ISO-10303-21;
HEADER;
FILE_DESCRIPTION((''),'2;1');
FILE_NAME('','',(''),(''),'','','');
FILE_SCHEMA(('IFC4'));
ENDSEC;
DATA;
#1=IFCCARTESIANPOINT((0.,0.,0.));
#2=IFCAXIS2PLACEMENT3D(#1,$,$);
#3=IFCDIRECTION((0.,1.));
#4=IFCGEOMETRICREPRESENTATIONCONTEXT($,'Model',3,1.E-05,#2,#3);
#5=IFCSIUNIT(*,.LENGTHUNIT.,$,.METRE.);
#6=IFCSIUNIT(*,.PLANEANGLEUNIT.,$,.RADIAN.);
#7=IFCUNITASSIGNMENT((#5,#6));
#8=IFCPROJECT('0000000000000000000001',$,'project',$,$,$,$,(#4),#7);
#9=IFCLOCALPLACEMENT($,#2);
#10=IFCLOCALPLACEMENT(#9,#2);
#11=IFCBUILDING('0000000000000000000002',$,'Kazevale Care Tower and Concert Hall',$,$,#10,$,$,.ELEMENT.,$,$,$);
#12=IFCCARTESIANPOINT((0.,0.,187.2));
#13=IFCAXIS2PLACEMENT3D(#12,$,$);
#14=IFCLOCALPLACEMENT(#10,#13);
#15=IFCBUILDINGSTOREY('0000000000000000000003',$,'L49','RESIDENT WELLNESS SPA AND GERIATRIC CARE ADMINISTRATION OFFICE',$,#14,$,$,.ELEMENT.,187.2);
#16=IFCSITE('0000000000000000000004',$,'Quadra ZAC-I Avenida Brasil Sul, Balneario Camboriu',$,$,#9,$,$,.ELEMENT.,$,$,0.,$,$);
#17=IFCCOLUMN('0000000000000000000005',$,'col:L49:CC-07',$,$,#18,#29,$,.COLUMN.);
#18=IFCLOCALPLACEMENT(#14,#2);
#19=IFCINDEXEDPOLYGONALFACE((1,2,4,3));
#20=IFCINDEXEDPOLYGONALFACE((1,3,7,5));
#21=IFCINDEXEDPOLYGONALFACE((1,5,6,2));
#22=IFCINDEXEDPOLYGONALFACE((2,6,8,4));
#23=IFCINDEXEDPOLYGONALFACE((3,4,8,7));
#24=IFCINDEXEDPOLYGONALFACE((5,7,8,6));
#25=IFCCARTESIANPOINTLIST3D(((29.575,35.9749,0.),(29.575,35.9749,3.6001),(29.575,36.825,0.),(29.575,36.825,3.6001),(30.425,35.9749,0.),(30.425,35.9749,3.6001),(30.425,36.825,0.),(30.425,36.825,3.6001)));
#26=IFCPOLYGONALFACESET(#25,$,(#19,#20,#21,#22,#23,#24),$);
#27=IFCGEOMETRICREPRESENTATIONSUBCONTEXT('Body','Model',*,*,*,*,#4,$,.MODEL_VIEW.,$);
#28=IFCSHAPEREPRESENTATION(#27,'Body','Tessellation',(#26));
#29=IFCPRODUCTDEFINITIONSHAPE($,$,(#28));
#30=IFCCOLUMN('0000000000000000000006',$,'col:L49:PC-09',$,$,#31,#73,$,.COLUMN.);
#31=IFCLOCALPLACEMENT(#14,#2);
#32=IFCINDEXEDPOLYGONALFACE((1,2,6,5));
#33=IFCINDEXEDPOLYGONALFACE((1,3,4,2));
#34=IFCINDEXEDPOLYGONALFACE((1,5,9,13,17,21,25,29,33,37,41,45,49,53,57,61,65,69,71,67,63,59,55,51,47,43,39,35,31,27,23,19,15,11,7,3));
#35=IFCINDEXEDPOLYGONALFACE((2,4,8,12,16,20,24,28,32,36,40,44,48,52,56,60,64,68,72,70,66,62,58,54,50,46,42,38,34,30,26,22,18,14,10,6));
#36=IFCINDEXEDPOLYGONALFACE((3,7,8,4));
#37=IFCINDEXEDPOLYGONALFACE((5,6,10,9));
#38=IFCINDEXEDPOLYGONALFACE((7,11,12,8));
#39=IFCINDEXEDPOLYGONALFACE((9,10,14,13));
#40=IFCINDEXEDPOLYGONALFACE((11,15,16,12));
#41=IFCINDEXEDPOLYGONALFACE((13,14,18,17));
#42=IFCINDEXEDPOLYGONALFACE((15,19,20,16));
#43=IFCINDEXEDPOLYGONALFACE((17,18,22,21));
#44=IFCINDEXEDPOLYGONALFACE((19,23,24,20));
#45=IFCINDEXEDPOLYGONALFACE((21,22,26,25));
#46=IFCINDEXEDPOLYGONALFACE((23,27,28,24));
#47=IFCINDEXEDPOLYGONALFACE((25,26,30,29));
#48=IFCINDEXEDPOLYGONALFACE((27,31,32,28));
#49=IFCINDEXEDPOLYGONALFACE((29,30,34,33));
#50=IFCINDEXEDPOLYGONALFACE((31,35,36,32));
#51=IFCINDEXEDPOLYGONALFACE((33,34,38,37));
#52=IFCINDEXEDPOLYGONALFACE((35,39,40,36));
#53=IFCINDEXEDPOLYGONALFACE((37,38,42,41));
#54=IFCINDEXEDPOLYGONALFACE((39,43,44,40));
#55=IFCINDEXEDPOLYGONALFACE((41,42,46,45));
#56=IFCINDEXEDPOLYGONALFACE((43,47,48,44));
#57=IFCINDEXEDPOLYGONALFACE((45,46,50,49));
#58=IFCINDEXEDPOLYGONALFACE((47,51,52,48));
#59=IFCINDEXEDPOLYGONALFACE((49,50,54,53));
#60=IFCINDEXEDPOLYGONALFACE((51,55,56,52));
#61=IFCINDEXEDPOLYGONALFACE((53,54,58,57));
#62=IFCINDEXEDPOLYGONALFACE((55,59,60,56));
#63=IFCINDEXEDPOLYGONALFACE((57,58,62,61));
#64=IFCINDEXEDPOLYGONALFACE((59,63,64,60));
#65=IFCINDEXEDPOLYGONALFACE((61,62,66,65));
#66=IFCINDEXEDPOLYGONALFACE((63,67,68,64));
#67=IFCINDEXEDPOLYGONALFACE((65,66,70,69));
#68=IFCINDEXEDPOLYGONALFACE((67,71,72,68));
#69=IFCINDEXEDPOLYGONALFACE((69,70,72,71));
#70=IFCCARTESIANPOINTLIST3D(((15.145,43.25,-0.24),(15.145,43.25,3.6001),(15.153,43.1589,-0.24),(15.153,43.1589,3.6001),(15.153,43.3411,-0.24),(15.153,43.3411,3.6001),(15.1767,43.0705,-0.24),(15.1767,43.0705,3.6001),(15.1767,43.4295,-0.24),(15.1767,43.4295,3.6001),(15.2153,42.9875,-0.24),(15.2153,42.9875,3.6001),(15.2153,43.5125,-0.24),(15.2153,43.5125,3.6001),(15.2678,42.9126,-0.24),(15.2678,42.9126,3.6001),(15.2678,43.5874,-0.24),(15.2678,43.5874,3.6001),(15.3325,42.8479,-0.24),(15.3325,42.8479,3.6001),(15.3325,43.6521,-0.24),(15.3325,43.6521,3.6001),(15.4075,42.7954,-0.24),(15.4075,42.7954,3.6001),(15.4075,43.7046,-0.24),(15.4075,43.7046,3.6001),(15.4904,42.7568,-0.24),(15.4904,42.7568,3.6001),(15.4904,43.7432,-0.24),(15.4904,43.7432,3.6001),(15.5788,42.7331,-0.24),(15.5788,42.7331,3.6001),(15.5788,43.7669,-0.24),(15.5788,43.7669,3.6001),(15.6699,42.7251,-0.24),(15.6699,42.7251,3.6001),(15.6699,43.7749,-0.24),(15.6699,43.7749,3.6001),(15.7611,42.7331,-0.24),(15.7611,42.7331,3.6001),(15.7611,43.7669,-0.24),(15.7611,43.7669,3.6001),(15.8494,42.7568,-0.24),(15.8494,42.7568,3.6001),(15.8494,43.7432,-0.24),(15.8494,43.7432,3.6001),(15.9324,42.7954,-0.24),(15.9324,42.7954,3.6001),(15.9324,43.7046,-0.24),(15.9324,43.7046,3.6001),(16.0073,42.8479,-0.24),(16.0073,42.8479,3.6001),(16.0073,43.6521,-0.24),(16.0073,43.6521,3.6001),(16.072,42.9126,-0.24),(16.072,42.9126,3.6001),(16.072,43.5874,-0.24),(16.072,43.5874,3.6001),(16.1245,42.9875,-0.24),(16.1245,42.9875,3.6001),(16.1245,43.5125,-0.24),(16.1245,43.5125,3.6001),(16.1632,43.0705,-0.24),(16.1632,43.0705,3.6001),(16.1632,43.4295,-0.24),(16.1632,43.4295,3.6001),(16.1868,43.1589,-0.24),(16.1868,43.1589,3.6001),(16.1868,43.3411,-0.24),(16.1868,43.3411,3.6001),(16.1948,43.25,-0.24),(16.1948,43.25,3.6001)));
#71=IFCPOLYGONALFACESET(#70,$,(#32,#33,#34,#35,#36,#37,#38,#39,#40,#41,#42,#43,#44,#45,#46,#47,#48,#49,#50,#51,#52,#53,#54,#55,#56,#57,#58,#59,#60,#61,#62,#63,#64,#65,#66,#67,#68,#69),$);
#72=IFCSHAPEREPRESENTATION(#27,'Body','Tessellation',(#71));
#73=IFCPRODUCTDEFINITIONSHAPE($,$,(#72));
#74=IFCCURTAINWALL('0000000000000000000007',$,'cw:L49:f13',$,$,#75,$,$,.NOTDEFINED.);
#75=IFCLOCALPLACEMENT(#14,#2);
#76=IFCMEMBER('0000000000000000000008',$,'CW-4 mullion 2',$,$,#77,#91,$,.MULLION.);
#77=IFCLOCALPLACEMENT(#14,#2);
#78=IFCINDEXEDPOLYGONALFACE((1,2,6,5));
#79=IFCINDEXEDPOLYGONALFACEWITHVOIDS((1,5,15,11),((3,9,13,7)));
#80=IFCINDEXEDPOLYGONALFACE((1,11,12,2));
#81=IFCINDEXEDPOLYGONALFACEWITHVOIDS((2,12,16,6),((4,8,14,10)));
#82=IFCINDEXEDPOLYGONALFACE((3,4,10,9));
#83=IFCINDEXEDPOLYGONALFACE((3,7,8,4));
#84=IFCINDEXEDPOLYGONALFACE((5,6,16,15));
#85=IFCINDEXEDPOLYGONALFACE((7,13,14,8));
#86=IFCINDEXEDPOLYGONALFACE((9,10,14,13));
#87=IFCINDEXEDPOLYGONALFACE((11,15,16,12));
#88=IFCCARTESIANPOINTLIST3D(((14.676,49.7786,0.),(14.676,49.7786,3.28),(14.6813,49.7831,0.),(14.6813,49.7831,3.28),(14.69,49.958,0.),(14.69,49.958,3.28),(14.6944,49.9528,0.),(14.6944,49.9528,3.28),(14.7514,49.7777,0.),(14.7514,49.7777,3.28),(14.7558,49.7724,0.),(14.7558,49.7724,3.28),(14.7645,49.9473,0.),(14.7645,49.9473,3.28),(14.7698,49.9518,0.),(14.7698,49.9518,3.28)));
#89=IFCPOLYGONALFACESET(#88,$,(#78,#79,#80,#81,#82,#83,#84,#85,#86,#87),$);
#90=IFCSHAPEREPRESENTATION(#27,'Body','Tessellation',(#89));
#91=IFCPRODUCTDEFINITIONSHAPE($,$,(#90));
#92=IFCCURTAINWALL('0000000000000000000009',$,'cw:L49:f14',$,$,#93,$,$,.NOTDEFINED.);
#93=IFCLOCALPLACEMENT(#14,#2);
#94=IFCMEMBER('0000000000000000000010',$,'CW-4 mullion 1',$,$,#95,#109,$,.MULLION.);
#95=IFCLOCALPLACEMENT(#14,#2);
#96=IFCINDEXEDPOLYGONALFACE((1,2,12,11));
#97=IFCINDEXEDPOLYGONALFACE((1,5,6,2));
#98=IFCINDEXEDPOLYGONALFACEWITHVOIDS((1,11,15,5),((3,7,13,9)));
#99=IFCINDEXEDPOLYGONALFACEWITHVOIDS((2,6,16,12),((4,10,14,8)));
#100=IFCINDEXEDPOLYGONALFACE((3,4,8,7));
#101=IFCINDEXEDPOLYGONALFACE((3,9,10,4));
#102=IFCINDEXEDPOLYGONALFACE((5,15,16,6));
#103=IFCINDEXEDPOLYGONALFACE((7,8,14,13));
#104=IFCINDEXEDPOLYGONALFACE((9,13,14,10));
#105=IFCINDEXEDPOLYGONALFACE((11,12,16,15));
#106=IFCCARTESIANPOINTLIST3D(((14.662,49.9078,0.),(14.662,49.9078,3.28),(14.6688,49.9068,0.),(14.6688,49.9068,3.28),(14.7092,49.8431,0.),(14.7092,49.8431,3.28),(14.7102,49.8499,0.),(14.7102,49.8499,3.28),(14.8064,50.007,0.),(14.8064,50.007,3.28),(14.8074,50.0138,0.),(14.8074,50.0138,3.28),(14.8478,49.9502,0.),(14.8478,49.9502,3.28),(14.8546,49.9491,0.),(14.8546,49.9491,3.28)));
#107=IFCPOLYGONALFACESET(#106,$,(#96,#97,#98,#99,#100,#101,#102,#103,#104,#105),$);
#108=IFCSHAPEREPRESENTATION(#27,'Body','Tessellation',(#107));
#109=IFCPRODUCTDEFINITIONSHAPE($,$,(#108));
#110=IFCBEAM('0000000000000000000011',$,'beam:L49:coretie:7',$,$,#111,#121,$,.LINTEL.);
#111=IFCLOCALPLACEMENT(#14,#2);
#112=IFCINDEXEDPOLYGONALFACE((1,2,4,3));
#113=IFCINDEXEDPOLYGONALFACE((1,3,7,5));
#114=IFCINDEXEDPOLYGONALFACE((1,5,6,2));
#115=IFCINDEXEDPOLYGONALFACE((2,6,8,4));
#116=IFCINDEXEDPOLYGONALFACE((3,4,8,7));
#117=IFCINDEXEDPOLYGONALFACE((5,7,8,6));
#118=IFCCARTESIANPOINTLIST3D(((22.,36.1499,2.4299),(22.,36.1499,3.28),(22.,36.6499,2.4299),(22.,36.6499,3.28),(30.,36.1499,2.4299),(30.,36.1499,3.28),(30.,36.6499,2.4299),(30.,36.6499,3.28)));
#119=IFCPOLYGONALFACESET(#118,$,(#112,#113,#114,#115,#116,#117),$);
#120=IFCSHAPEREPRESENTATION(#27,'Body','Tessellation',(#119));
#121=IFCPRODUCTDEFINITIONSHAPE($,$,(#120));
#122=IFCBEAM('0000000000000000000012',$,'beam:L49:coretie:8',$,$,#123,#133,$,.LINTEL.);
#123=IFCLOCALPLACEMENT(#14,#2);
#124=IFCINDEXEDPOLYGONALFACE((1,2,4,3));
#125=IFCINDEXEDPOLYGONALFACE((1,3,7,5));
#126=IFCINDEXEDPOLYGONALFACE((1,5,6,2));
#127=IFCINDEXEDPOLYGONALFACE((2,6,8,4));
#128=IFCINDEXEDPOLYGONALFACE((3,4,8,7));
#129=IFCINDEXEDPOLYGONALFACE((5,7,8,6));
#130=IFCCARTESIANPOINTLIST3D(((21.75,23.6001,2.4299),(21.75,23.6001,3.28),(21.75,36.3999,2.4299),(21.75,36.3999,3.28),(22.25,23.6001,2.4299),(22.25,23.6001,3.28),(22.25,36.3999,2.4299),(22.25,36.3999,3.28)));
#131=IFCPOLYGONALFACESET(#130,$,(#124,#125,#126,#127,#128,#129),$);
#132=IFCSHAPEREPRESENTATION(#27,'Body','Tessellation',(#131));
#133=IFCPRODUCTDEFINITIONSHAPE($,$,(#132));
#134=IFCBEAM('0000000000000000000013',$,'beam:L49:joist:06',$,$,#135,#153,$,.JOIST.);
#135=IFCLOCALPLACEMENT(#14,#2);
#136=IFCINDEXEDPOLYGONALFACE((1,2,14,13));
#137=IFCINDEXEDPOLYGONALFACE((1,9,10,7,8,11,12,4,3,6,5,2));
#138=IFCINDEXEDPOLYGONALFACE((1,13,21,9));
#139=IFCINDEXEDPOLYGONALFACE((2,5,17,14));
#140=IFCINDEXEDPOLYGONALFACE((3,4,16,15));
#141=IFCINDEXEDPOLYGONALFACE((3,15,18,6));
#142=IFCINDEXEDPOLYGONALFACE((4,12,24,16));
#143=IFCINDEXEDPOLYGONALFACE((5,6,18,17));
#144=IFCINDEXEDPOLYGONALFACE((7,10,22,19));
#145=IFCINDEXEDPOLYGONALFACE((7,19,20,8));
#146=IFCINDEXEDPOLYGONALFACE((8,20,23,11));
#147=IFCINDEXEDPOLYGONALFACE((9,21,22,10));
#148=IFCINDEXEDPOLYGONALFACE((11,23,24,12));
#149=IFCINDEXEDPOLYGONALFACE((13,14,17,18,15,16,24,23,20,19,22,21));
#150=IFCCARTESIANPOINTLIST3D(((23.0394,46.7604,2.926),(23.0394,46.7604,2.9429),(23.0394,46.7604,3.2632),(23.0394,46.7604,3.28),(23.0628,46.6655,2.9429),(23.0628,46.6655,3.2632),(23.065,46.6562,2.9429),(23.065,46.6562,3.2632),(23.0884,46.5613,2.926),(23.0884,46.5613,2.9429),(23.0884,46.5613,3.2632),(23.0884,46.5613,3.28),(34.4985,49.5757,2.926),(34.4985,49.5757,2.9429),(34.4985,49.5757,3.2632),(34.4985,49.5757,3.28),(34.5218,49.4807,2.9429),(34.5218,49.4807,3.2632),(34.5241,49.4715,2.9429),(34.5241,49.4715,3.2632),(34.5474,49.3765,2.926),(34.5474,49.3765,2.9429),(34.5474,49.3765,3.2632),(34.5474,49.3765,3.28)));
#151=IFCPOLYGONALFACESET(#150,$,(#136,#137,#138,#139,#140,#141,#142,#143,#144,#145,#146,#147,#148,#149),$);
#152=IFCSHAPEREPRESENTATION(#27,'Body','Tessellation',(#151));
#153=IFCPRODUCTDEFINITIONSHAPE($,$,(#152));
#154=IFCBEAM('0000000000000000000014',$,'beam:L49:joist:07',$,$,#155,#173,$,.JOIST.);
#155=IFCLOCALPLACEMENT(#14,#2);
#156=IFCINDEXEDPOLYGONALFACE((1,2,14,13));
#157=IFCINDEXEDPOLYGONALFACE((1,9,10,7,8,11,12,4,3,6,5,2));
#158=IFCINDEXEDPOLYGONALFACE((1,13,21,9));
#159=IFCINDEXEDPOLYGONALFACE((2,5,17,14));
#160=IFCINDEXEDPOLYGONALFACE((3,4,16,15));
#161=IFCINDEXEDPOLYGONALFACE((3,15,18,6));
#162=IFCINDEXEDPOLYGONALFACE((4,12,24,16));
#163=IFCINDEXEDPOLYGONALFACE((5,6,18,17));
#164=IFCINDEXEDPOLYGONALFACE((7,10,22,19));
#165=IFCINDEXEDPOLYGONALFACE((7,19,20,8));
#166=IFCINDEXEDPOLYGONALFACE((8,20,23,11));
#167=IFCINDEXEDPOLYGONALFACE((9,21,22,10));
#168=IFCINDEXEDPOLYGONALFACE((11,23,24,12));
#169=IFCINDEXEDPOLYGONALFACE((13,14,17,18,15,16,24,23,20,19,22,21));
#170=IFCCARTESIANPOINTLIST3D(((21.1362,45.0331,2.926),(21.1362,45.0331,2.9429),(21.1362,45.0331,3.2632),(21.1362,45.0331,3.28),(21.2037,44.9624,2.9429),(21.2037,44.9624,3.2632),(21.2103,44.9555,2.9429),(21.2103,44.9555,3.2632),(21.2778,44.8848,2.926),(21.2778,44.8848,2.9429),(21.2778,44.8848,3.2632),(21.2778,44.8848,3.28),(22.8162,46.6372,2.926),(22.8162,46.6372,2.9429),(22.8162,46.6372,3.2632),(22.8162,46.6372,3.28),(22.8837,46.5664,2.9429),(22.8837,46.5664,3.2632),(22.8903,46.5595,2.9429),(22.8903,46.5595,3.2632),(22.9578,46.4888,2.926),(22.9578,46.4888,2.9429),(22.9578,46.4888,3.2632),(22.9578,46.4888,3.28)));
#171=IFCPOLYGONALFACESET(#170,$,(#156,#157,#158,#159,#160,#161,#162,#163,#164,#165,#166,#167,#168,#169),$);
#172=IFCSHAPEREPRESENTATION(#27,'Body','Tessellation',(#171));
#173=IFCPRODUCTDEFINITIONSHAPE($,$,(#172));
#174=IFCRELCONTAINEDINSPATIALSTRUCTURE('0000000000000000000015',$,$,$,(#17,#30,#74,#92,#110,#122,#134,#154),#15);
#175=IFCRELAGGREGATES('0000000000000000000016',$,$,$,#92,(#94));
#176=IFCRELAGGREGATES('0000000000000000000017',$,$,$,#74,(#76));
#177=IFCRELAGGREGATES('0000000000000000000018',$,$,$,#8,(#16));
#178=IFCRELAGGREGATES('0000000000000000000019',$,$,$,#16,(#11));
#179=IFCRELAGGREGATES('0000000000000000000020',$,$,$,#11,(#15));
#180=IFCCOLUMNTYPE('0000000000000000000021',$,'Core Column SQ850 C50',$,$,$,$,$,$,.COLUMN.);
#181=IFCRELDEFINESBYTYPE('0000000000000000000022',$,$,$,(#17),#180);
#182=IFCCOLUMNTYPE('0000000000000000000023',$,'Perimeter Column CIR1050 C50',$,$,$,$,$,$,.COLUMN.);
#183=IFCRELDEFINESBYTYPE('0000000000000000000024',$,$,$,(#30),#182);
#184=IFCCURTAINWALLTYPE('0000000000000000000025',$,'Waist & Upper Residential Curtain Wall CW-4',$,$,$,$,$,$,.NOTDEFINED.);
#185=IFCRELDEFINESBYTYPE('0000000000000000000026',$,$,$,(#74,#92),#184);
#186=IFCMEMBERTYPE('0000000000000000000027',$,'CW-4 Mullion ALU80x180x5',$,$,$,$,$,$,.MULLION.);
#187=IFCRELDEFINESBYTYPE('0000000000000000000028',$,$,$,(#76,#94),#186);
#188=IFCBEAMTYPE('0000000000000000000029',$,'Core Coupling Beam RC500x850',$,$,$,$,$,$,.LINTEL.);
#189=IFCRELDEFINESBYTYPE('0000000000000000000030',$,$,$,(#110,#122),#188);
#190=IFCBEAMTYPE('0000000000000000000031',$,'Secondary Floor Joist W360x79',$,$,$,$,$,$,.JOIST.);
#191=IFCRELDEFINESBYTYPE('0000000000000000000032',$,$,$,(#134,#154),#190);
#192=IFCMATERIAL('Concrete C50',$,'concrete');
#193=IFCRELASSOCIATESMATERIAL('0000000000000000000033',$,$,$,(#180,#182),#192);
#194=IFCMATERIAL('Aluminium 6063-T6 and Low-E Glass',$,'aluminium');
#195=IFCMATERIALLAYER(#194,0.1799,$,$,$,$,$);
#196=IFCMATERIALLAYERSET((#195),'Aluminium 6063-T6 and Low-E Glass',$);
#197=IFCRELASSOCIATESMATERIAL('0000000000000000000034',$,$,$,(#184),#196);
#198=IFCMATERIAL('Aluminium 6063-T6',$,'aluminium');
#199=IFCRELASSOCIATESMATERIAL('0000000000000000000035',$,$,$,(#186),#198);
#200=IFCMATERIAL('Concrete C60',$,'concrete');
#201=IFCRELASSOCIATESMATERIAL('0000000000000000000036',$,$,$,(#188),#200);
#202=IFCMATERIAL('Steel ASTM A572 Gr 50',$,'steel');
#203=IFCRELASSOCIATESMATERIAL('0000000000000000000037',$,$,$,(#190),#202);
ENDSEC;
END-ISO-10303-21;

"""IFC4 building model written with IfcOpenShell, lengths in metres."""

from ifc_helpers import new_model, si_unit, direction, frame, origin, origin_2d, place, context, subcontext, project, spatial, rectangle, hollow_rectangle, circle, i_section, extrude, material, layer, layer_set, material_profile, profile_set, type_object, element, aggregate, save


model = new_model("IFC4")

# Units and contexts
model_context = context("Model", 3, precision=1e-05, world=origin(), true_north=direction((0.0, 1.0)))
body_context = subcontext(model_context, "Body", "Model", "MODEL_VIEW")
ifc_project = project(units=[si_unit("LENGTHUNIT", "METRE"), si_unit("PLANEANGLEUNIT", "RADIAN")], contexts=[model_context])

# Site, building, storey
site_placement = place(None, origin())
site = spatial("IfcSite", under=ifc_project, at=site_placement, Name="Quadra ZAC-I Avenida Brasil Sul, Balneario Camboriu", CompositionType="ELEMENT", RefElevation=0.0)
building_placement = place(site_placement, origin())
building = spatial("IfcBuilding", under=site, at=building_placement, Name="Kazevale Care Tower and Concert Hall", CompositionType="ELEMENT")
storey_placement = place(building_placement, frame((0.0, 0.0, 187.2)))
storey = spatial("IfcBuildingStorey", under=building, at=storey_placement, Name="L49", Description="RESIDENT WELLNESS SPA AND GERIATRIC CARE ADMINISTRATION OFFICE", CompositionType="ELEMENT", Elevation=187.2)

# Columns
ifc_material_1 = material(Name="Concrete C50", Category="concrete")
ifc_material_profile_1 = material_profile(ifc_material_1, rectangle(XDim=0.8501, YDim=0.8501, at=origin_2d()), Name="RC-SQ850")
ifc_profile_set_1 = profile_set([ifc_material_profile_1], Name="Concrete C50")
column_type_1 = type_object("IfcColumnType", Name="Core Column SQ850 C50", PredefinedType="COLUMN", material=ifc_profile_set_1)
column_1_placement = place(storey_placement, frame((30.0, 36.3999, 0.0), z_axis=(0.0, 0.0, 1.0), x_axis=(1.0, 0.0, 0.0)))
element("IfcColumn", 1, at=column_1_placement, inside=storey, type_object=column_type_1, Name="col:L49:CC-07", PredefinedType="COLUMN", context=body_context, shape_type="SweptSolid", body=[
    extrude(rectangle(XDim=0.8501, YDim=0.8501, at=origin_2d()), origin(), (0.0, 0.0, 1.0), 3.6001),
])
ifc_material_profile_2 = material_profile(ifc_material_1, circle(Radius=0.5249, at=origin_2d()), Name="RC-CIR1050")
ifc_profile_set_2 = profile_set([ifc_material_profile_2], Name="Concrete C50")
column_type_2 = type_object("IfcColumnType", Name="Perimeter Column CIR1050 C50", PredefinedType="COLUMN", material=ifc_profile_set_2)
column_2_placement = place(storey_placement, frame((15.6699, 43.25, -0.24), z_axis=(0.0, 0.0, 1.0), x_axis=(1.0, 0.0, 0.0)))
element("IfcColumn", 2, at=column_2_placement, inside=storey, type_object=column_type_2, Name="col:L49:PC-09", PredefinedType="COLUMN", context=body_context, shape_type="SweptSolid", body=[
    extrude(circle(Radius=0.5249, at=origin_2d()), origin(), (0.0, 0.0, 1.0), 3.8401),
])

# Curtain walls, members
ifc_material_2 = material(Name="Aluminium 6063-T6 and Low-E Glass", Category="aluminium")
ifc_layer_1 = layer(ifc_material_2, 0.1799)
ifc_layer_set_1 = layer_set([ifc_layer_1], Name="Aluminium 6063-T6 and Low-E Glass")
curtain_wall_type = type_object("IfcCurtainWallType", Name="Waist & Upper Residential Curtain Wall CW-4", PredefinedType="NOTDEFINED", material=ifc_layer_set_1)
curtain_wall_1_placement = place(storey_placement, origin())
curtain_wall_1 = element("IfcCurtainWall", 3, at=curtain_wall_1_placement, inside=storey, type_object=curtain_wall_type, Name="cw:L49:f13", PredefinedType="NOTDEFINED")
ifc_material_3 = material(Name="Aluminium 6063-T6", Category="aluminium")
ifc_material_profile_3 = material_profile(ifc_material_3, hollow_rectangle(XDim=0.0801, YDim=0.1799, WallThickness=0.0049, at=origin_2d()), Name="ALU80x180x5")
ifc_profile_set_3 = profile_set([ifc_material_profile_3], Name="Aluminium 6063-T6")
member_type = type_object("IfcMemberType", Name="CW-4 Mullion ALU80x180x5", PredefinedType="MULLION", material=ifc_profile_set_3)
member_1_placement = place(storey_placement, frame((14.7229, 49.8652, 0.0), z_axis=(0.0, 0.0, 1.0), x_axis=(-0.996989, 0.077539, 0.0)))
member_1 = element("IfcMember", 4, at=member_1_placement, type_object=member_type, Name="CW-4 mullion 2", PredefinedType="MULLION", context=body_context, shape_type="SweptSolid", body=[
    extrude(hollow_rectangle(XDim=0.0801, YDim=0.1799, WallThickness=0.0049, at=origin_2d()), origin(), (0.0, 0.0, 1.0), 3.28),
])
curtain_wall_2_placement = place(storey_placement, origin())
curtain_wall_2 = element("IfcCurtainWall", 5, at=curtain_wall_2_placement, inside=storey, type_object=curtain_wall_type, Name="cw:L49:f14", PredefinedType="NOTDEFINED")
member_2_placement = place(storey_placement, frame((14.7583, 49.9285, 0.0), z_axis=(0.0, 0.0, 1.0), x_axis=(-0.58891, 0.808198, 0.0)))
member_2 = element("IfcMember", 6, at=member_2_placement, type_object=member_type, Name="CW-4 mullion 1", PredefinedType="MULLION", context=body_context, shape_type="SweptSolid", body=[
    extrude(hollow_rectangle(XDim=0.0801, YDim=0.1799, WallThickness=0.0049, at=origin_2d()), origin(), (0.0, 0.0, 1.0), 3.28),
])
aggregate(curtain_wall_2, [member_2])

# Beams
ifc_material_4 = material(Name="Concrete C60", Category="concrete")
ifc_material_profile_4 = material_profile(ifc_material_4, rectangle(XDim=0.5, YDim=0.8501, at=origin_2d()), Name="RC-B500x850")
ifc_profile_set_4 = profile_set([ifc_material_profile_4], Name="Concrete C60")
beam_type_1 = type_object("IfcBeamType", Name="Core Coupling Beam RC500x850", PredefinedType="LINTEL", material=ifc_profile_set_4)
beam_1_placement = place(storey_placement, frame((30.0, 36.3999, 2.855), z_axis=(-1.0, 0.0, 0.0), x_axis=(0.0, -1.0, 0.0)))
element("IfcBeam", 7, at=beam_1_placement, inside=storey, type_object=beam_type_1, Name="beam:L49:coretie:7", PredefinedType="LINTEL", context=body_context, shape_type="SweptSolid", body=[
    extrude(rectangle(XDim=0.5, YDim=0.8501, at=origin_2d()), origin(), (0.0, 0.0, 1.0), 8.0),
])
beam_2_placement = place(storey_placement, frame((22.0, 36.3999, 2.855), z_axis=(0.0, -1.0, 0.0), x_axis=(1.0, 0.0, 0.0)))
element("IfcBeam", 8, at=beam_2_placement, inside=storey, type_object=beam_type_1, Name="beam:L49:coretie:8", PredefinedType="LINTEL", context=body_context, shape_type="SweptSolid", body=[
    extrude(rectangle(XDim=0.5, YDim=0.8501, at=origin_2d()), origin(), (0.0, 0.0, 1.0), 12.7998),
])
ifc_material_5 = material(Name="Steel ASTM A572 Gr 50", Category="steel")
ifc_material_profile_5 = material_profile(ifc_material_5, i_section(OverallWidth=0.2051, OverallDepth=0.354, WebThickness=0.0095, FlangeThickness=0.0168, at=origin_2d()), Name="W360x79")
ifc_profile_set_5 = profile_set([ifc_material_profile_5], Name="Steel ASTM A572 Gr 50")
beam_type_2 = type_object("IfcBeamType", Name="Secondary Floor Joist W360x79", PredefinedType="JOIST", material=ifc_profile_set_5)
beam_3_placement = place(storey_placement, frame((34.5229, 49.4761, 3.103), z_axis=(-0.971123, -0.238581, 0.0), x_axis=(0.238581, -0.971123, 0.0)))
element("IfcBeam", 9, at=beam_3_placement, inside=storey, type_object=beam_type_2, Name="beam:L49:joist:06", PredefinedType="JOIST", context=body_context, shape_type="SweptSolid", body=[
    extrude(i_section(OverallWidth=0.2051, OverallDepth=0.354, WebThickness=0.0095, FlangeThickness=0.0168, at=origin_2d()), origin(), (0.0, 0.0, 1.0), 11.7998),
])
beam_4_placement = place(storey_placement, frame((22.887, 46.563, 3.103), z_axis=(-0.723262, -0.690573, 0.0), x_axis=(0.690573, -0.723262, 0.0)))
element("IfcBeam", 10, at=beam_4_placement, inside=storey, type_object=beam_type_2, Name="beam:L49:joist:07", PredefinedType="JOIST", context=body_context, shape_type="SweptSolid", body=[
    extrude(i_section(OverallWidth=0.2051, OverallDepth=0.354, WebThickness=0.0095, FlangeThickness=0.0168, at=origin_2d()), origin(), (0.0, 0.0, 1.0), 2.3228),
])

aggregate(curtain_wall_1, [member_1])

save(model, "model.ifc")
